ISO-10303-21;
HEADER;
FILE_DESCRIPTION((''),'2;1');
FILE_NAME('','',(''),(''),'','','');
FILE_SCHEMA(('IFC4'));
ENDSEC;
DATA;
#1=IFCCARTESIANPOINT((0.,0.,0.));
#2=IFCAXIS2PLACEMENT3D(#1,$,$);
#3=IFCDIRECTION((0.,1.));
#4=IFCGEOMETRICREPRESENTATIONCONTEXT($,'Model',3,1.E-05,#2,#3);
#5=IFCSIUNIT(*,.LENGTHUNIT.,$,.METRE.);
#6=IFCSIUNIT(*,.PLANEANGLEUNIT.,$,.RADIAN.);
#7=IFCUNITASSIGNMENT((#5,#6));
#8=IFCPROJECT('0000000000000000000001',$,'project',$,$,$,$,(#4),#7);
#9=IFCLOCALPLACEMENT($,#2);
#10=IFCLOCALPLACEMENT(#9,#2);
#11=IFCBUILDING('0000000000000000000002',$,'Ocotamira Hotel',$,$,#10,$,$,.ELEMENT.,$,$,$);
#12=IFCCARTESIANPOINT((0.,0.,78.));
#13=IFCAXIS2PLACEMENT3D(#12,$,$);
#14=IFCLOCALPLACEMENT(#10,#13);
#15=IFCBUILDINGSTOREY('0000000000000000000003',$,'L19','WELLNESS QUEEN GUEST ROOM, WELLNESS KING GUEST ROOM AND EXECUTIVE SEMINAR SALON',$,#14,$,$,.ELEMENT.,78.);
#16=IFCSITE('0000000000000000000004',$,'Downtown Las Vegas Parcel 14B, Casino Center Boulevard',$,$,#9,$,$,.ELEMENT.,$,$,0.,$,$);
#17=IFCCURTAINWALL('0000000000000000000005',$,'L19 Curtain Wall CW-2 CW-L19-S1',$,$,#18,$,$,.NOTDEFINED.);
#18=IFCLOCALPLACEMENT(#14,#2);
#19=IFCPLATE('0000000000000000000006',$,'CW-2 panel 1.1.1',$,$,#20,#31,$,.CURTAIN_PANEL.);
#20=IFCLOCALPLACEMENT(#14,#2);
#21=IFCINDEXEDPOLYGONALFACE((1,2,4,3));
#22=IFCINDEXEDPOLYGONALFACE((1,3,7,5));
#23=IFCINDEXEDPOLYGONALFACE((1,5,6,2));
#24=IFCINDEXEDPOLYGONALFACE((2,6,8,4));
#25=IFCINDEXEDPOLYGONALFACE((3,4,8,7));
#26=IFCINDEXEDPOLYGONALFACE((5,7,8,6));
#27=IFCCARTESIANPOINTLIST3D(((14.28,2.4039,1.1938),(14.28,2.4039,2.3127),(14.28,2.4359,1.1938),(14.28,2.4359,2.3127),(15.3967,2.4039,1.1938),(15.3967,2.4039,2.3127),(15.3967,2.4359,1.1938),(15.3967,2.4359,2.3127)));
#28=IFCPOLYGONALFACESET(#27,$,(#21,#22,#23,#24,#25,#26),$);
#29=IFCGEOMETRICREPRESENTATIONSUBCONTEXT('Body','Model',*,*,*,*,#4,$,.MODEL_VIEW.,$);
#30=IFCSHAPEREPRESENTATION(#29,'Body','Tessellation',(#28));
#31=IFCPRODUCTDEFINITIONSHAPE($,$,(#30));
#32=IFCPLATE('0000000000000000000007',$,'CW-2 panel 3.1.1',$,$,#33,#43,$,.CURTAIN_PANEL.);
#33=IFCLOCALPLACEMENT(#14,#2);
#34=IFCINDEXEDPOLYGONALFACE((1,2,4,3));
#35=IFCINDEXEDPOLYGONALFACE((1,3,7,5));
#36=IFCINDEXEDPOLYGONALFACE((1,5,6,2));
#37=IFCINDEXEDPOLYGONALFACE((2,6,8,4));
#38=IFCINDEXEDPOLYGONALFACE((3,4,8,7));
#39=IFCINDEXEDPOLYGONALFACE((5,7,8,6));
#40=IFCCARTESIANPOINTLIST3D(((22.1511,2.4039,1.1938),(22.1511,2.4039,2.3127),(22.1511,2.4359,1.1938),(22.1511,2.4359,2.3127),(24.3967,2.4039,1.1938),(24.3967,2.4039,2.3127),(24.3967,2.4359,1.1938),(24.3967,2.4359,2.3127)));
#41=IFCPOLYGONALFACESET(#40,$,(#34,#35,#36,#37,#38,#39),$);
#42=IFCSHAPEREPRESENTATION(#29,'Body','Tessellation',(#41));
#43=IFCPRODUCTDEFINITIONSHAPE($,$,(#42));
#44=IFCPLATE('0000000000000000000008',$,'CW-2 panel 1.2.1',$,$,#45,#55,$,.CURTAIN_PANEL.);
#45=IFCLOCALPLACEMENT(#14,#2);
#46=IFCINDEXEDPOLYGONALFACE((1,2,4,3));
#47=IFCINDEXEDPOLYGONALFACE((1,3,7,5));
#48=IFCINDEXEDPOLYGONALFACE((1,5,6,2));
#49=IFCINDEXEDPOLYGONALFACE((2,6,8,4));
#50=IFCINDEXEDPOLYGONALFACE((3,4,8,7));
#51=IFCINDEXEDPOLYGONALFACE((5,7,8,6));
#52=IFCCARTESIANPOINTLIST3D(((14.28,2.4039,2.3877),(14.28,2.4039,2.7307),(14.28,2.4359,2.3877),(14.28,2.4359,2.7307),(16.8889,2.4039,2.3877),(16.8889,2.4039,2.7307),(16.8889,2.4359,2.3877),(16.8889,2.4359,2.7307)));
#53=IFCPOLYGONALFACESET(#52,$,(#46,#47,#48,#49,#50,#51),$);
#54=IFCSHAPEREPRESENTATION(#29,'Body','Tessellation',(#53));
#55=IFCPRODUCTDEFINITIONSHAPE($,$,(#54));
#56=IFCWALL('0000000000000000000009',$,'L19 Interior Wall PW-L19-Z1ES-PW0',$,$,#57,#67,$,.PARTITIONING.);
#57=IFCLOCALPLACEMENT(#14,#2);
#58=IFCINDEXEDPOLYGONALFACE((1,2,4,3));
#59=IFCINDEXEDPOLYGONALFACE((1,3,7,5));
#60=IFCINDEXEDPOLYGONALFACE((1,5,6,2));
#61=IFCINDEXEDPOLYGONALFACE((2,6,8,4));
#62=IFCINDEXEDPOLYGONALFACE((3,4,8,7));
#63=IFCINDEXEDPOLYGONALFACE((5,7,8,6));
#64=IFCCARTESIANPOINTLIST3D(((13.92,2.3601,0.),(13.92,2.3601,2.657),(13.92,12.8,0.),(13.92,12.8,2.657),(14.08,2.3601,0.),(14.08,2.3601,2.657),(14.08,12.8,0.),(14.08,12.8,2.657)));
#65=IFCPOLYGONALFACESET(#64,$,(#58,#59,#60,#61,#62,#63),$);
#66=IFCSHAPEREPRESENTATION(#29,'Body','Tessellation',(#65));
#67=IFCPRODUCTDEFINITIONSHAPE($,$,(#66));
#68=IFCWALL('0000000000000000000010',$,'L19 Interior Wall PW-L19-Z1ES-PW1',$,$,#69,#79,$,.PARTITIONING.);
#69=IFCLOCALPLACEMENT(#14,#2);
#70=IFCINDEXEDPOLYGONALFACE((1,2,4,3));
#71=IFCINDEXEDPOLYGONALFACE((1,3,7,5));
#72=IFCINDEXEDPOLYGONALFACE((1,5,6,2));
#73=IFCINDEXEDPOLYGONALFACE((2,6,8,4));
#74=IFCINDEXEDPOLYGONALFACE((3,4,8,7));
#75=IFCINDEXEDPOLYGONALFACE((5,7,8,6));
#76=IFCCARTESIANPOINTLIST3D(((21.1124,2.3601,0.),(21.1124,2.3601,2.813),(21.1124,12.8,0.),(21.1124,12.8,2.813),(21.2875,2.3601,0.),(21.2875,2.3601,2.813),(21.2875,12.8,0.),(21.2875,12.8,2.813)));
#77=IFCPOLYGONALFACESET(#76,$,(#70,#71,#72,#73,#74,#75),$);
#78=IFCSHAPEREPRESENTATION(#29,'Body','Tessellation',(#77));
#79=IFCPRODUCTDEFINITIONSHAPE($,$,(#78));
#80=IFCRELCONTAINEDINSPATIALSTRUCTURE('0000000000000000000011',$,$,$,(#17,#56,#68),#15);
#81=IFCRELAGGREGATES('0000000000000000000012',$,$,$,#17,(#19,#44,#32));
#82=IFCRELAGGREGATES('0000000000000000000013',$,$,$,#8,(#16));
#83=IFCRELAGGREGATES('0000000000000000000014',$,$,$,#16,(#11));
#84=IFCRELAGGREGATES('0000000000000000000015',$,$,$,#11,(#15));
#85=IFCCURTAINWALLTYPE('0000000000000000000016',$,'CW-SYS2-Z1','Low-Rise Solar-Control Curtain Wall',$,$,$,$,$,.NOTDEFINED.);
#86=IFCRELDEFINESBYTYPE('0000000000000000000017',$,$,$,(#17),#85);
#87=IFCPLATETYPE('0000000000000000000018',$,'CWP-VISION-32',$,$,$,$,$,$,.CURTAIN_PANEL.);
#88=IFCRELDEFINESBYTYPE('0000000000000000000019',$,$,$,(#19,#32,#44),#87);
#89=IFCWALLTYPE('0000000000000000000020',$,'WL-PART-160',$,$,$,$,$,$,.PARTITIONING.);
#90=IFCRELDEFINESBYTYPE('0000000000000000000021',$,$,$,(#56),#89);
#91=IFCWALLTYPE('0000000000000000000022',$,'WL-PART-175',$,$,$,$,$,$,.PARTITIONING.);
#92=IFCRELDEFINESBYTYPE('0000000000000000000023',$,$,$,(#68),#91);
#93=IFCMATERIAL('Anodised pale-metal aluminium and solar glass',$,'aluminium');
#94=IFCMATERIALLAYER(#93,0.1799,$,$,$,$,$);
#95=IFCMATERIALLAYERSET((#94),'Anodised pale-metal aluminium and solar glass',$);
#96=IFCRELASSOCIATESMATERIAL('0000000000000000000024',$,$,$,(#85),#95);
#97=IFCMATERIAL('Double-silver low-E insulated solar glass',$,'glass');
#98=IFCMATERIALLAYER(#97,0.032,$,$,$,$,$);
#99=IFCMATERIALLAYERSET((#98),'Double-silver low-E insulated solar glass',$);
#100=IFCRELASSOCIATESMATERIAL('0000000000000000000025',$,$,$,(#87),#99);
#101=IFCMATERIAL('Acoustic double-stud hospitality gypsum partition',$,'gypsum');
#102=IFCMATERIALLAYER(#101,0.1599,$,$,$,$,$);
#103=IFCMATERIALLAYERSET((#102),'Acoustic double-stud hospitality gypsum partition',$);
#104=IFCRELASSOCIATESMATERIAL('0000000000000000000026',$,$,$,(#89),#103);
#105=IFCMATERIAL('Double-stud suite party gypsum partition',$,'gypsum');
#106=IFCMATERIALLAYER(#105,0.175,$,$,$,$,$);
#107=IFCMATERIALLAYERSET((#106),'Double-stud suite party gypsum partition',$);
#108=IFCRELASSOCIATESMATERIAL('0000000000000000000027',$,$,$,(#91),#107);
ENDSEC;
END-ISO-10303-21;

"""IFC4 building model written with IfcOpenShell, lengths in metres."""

from ifc_helpers import new_model, si_unit, direction, frame, frame_2d, origin, origin_2d, place, context, subcontext, project, spatial, rectangle, extrude, source, transform, mapped, material, layer, layer_set, type_object, element, aggregate, save


model = new_model("IFC4")

# Units and contexts
model_context = context("Model", 3, precision=1e-05, world=origin(), true_north=direction((0.0, 1.0)))
body_context = subcontext(model_context, "Body", "Model", "MODEL_VIEW")
ifc_project = project(units=[si_unit("LENGTHUNIT", "METRE"), si_unit("PLANEANGLEUNIT", "RADIAN")], contexts=[model_context])

# Site, building, storey
site_placement = place(None, origin())
site = spatial("IfcSite", under=ifc_project, at=site_placement, Name="Downtown Las Vegas Parcel 14B, Casino Center Boulevard", CompositionType="ELEMENT", RefElevation=0.0)
building_placement = place(site_placement, origin())
building = spatial("IfcBuilding", under=site, at=building_placement, Name="Ocotamira Hotel", CompositionType="ELEMENT")
storey_placement = place(building_placement, frame((0.0, 0.0, 78.0)))
storey = spatial("IfcBuildingStorey", under=building, at=storey_placement, Name="L19", Description="WELLNESS QUEEN GUEST ROOM, WELLNESS KING GUEST ROOM AND EXECUTIVE SEMINAR SALON", CompositionType="ELEMENT", Elevation=78.0)

# Curtain wall
ifc_material_1 = material(Name="Anodised pale-metal aluminium and solar glass", Category="aluminium")
ifc_layer_1 = layer(ifc_material_1, 0.1799)
ifc_layer_set_1 = layer_set([ifc_layer_1], Name="Anodised pale-metal aluminium and solar glass")
curtain_wall_type = type_object("IfcCurtainWallType", Name="CW-SYS2-Z1", Description="Low-Rise Solar-Control Curtain Wall", PredefinedType="NOTDEFINED", material=ifc_layer_set_1)
curtain_wall_placement = place(storey_placement, origin())
curtain_wall = element("IfcCurtainWall", 1, at=curtain_wall_placement, inside=storey, type_object=curtain_wall_type, Name="L19 Curtain Wall CW-2 CW-L19-S1", PredefinedType="NOTDEFINED")

# Plates
ifc_material_2 = material(Name="Double-silver low-E insulated solar glass", Category="glass")
ifc_layer_2 = layer(ifc_material_2, 0.032)
ifc_layer_set_2 = layer_set([ifc_layer_2], Name="Double-silver low-E insulated solar glass")
plate_type_1 = type_object("IfcPlateType", Name="CWP-VISION-32", PredefinedType="CURTAIN_PANEL", material=ifc_layer_set_2)
shared_shape_1 = source(origin(), body_context, "Body", "SweptSolid", [
    extrude(rectangle(XDim=1.1167, YDim=0.032, at=origin_2d()), origin(), (0.0, 0.0, 1.0), 1.1189),
])
plate_1_placement = place(storey_placement, frame((14.8384, 2.4199, 1.1938), z_axis=(0.0, 0.0, 1.0), x_axis=(1.0, 0.0, 0.0)))
plate_1 = element("IfcPlate", 2, at=plate_1_placement, type_object=plate_type_1, Name="CW-2 panel 1.1.1", PredefinedType="CURTAIN_PANEL", context=body_context, shape_type="MappedRepresentation", body=[
    mapped(shared_shape_1, transform((0.0, 0.0, 0.0), scale=1.0)),
])
shared_shape_2 = source(origin(), body_context, "Body", "SweptSolid", [
    extrude(rectangle(XDim=2.2456, YDim=0.032, at=origin_2d()), origin(), (0.0, 0.0, 1.0), 1.1189),
])
plate_2_placement = place(storey_placement, frame((23.2739, 2.4199, 1.1938), z_axis=(0.0, 0.0, 1.0), x_axis=(1.0, 0.0, 0.0)))
plate_2 = element("IfcPlate", 3, at=plate_2_placement, type_object=plate_type_1, Name="CW-2 panel 3.1.1", PredefinedType="CURTAIN_PANEL", context=body_context, shape_type="MappedRepresentation", body=[
    mapped(shared_shape_2, transform((0.0, 0.0, 0.0), scale=1.0)),
])
shared_shape_3 = source(origin(), body_context, "Body", "SweptSolid", [
    extrude(rectangle(XDim=2.6089, YDim=0.032, at=origin_2d()), origin(), (0.0, 0.0, 1.0), 0.343),
])
plate_3_placement = place(storey_placement, frame((15.5845, 2.4199, 2.3877), z_axis=(0.0, 0.0, 1.0), x_axis=(1.0, 0.0, 0.0)))
plate_3 = element("IfcPlate", 4, at=plate_3_placement, type_object=plate_type_1, Name="CW-2 panel 1.2.1", PredefinedType="CURTAIN_PANEL", context=body_context, shape_type="MappedRepresentation", body=[
    mapped(shared_shape_3, transform((0.0, 0.0, 0.0), scale=1.0)),
])
aggregate(curtain_wall, [plate_1, plate_3, plate_2])

# Walls
ifc_material_3 = material(Name="Acoustic double-stud hospitality gypsum partition", Category="gypsum")
ifc_layer_3 = layer(ifc_material_3, 0.1599)
ifc_layer_set_3 = layer_set([ifc_layer_3], Name="Acoustic double-stud hospitality gypsum partition")
wall_type_1 = type_object("IfcWallType", Name="WL-PART-160", PredefinedType="PARTITIONING", material=ifc_layer_set_3)
wall_1_placement = place(storey_placement, frame((14.0, 2.3601, 0.0), z_axis=(0.0, 0.0, 1.0), x_axis=(0.0, 1.0, 0.0)))
element("IfcWall", 5, at=wall_1_placement, inside=storey, type_object=wall_type_1, Name="L19 Interior Wall PW-L19-Z1ES-PW0", PredefinedType="PARTITIONING", context=body_context, shape_type="SweptSolid", body=[
    extrude(rectangle(XDim=10.4399, YDim=0.1599, at=frame_2d((5.22, 0.0))), origin(), (0.0, 0.0, 1.0), 2.657),
])
ifc_material_4 = material(Name="Double-stud suite party gypsum partition", Category="gypsum")
ifc_layer_4 = layer(ifc_material_4, 0.175)
ifc_layer_set_4 = layer_set([ifc_layer_4], Name="Double-stud suite party gypsum partition")
wall_type_2 = type_object("IfcWallType", Name="WL-PART-175", PredefinedType="PARTITIONING", material=ifc_layer_set_4)
wall_2_placement = place(storey_placement, frame((21.2, 2.3601, 0.0), z_axis=(0.0, 0.0, 1.0), x_axis=(0.0, 1.0, 0.0)))
element("IfcWall", 6, at=wall_2_placement, inside=storey, type_object=wall_type_2, Name="L19 Interior Wall PW-L19-Z1ES-PW1", PredefinedType="PARTITIONING", context=body_context, shape_type="SweptSolid", body=[
    extrude(rectangle(XDim=10.4399, YDim=0.175, at=frame_2d((5.22, 0.0))), origin(), (0.0, 0.0, 1.0), 2.813),
])

save(model, "model.ifc")
